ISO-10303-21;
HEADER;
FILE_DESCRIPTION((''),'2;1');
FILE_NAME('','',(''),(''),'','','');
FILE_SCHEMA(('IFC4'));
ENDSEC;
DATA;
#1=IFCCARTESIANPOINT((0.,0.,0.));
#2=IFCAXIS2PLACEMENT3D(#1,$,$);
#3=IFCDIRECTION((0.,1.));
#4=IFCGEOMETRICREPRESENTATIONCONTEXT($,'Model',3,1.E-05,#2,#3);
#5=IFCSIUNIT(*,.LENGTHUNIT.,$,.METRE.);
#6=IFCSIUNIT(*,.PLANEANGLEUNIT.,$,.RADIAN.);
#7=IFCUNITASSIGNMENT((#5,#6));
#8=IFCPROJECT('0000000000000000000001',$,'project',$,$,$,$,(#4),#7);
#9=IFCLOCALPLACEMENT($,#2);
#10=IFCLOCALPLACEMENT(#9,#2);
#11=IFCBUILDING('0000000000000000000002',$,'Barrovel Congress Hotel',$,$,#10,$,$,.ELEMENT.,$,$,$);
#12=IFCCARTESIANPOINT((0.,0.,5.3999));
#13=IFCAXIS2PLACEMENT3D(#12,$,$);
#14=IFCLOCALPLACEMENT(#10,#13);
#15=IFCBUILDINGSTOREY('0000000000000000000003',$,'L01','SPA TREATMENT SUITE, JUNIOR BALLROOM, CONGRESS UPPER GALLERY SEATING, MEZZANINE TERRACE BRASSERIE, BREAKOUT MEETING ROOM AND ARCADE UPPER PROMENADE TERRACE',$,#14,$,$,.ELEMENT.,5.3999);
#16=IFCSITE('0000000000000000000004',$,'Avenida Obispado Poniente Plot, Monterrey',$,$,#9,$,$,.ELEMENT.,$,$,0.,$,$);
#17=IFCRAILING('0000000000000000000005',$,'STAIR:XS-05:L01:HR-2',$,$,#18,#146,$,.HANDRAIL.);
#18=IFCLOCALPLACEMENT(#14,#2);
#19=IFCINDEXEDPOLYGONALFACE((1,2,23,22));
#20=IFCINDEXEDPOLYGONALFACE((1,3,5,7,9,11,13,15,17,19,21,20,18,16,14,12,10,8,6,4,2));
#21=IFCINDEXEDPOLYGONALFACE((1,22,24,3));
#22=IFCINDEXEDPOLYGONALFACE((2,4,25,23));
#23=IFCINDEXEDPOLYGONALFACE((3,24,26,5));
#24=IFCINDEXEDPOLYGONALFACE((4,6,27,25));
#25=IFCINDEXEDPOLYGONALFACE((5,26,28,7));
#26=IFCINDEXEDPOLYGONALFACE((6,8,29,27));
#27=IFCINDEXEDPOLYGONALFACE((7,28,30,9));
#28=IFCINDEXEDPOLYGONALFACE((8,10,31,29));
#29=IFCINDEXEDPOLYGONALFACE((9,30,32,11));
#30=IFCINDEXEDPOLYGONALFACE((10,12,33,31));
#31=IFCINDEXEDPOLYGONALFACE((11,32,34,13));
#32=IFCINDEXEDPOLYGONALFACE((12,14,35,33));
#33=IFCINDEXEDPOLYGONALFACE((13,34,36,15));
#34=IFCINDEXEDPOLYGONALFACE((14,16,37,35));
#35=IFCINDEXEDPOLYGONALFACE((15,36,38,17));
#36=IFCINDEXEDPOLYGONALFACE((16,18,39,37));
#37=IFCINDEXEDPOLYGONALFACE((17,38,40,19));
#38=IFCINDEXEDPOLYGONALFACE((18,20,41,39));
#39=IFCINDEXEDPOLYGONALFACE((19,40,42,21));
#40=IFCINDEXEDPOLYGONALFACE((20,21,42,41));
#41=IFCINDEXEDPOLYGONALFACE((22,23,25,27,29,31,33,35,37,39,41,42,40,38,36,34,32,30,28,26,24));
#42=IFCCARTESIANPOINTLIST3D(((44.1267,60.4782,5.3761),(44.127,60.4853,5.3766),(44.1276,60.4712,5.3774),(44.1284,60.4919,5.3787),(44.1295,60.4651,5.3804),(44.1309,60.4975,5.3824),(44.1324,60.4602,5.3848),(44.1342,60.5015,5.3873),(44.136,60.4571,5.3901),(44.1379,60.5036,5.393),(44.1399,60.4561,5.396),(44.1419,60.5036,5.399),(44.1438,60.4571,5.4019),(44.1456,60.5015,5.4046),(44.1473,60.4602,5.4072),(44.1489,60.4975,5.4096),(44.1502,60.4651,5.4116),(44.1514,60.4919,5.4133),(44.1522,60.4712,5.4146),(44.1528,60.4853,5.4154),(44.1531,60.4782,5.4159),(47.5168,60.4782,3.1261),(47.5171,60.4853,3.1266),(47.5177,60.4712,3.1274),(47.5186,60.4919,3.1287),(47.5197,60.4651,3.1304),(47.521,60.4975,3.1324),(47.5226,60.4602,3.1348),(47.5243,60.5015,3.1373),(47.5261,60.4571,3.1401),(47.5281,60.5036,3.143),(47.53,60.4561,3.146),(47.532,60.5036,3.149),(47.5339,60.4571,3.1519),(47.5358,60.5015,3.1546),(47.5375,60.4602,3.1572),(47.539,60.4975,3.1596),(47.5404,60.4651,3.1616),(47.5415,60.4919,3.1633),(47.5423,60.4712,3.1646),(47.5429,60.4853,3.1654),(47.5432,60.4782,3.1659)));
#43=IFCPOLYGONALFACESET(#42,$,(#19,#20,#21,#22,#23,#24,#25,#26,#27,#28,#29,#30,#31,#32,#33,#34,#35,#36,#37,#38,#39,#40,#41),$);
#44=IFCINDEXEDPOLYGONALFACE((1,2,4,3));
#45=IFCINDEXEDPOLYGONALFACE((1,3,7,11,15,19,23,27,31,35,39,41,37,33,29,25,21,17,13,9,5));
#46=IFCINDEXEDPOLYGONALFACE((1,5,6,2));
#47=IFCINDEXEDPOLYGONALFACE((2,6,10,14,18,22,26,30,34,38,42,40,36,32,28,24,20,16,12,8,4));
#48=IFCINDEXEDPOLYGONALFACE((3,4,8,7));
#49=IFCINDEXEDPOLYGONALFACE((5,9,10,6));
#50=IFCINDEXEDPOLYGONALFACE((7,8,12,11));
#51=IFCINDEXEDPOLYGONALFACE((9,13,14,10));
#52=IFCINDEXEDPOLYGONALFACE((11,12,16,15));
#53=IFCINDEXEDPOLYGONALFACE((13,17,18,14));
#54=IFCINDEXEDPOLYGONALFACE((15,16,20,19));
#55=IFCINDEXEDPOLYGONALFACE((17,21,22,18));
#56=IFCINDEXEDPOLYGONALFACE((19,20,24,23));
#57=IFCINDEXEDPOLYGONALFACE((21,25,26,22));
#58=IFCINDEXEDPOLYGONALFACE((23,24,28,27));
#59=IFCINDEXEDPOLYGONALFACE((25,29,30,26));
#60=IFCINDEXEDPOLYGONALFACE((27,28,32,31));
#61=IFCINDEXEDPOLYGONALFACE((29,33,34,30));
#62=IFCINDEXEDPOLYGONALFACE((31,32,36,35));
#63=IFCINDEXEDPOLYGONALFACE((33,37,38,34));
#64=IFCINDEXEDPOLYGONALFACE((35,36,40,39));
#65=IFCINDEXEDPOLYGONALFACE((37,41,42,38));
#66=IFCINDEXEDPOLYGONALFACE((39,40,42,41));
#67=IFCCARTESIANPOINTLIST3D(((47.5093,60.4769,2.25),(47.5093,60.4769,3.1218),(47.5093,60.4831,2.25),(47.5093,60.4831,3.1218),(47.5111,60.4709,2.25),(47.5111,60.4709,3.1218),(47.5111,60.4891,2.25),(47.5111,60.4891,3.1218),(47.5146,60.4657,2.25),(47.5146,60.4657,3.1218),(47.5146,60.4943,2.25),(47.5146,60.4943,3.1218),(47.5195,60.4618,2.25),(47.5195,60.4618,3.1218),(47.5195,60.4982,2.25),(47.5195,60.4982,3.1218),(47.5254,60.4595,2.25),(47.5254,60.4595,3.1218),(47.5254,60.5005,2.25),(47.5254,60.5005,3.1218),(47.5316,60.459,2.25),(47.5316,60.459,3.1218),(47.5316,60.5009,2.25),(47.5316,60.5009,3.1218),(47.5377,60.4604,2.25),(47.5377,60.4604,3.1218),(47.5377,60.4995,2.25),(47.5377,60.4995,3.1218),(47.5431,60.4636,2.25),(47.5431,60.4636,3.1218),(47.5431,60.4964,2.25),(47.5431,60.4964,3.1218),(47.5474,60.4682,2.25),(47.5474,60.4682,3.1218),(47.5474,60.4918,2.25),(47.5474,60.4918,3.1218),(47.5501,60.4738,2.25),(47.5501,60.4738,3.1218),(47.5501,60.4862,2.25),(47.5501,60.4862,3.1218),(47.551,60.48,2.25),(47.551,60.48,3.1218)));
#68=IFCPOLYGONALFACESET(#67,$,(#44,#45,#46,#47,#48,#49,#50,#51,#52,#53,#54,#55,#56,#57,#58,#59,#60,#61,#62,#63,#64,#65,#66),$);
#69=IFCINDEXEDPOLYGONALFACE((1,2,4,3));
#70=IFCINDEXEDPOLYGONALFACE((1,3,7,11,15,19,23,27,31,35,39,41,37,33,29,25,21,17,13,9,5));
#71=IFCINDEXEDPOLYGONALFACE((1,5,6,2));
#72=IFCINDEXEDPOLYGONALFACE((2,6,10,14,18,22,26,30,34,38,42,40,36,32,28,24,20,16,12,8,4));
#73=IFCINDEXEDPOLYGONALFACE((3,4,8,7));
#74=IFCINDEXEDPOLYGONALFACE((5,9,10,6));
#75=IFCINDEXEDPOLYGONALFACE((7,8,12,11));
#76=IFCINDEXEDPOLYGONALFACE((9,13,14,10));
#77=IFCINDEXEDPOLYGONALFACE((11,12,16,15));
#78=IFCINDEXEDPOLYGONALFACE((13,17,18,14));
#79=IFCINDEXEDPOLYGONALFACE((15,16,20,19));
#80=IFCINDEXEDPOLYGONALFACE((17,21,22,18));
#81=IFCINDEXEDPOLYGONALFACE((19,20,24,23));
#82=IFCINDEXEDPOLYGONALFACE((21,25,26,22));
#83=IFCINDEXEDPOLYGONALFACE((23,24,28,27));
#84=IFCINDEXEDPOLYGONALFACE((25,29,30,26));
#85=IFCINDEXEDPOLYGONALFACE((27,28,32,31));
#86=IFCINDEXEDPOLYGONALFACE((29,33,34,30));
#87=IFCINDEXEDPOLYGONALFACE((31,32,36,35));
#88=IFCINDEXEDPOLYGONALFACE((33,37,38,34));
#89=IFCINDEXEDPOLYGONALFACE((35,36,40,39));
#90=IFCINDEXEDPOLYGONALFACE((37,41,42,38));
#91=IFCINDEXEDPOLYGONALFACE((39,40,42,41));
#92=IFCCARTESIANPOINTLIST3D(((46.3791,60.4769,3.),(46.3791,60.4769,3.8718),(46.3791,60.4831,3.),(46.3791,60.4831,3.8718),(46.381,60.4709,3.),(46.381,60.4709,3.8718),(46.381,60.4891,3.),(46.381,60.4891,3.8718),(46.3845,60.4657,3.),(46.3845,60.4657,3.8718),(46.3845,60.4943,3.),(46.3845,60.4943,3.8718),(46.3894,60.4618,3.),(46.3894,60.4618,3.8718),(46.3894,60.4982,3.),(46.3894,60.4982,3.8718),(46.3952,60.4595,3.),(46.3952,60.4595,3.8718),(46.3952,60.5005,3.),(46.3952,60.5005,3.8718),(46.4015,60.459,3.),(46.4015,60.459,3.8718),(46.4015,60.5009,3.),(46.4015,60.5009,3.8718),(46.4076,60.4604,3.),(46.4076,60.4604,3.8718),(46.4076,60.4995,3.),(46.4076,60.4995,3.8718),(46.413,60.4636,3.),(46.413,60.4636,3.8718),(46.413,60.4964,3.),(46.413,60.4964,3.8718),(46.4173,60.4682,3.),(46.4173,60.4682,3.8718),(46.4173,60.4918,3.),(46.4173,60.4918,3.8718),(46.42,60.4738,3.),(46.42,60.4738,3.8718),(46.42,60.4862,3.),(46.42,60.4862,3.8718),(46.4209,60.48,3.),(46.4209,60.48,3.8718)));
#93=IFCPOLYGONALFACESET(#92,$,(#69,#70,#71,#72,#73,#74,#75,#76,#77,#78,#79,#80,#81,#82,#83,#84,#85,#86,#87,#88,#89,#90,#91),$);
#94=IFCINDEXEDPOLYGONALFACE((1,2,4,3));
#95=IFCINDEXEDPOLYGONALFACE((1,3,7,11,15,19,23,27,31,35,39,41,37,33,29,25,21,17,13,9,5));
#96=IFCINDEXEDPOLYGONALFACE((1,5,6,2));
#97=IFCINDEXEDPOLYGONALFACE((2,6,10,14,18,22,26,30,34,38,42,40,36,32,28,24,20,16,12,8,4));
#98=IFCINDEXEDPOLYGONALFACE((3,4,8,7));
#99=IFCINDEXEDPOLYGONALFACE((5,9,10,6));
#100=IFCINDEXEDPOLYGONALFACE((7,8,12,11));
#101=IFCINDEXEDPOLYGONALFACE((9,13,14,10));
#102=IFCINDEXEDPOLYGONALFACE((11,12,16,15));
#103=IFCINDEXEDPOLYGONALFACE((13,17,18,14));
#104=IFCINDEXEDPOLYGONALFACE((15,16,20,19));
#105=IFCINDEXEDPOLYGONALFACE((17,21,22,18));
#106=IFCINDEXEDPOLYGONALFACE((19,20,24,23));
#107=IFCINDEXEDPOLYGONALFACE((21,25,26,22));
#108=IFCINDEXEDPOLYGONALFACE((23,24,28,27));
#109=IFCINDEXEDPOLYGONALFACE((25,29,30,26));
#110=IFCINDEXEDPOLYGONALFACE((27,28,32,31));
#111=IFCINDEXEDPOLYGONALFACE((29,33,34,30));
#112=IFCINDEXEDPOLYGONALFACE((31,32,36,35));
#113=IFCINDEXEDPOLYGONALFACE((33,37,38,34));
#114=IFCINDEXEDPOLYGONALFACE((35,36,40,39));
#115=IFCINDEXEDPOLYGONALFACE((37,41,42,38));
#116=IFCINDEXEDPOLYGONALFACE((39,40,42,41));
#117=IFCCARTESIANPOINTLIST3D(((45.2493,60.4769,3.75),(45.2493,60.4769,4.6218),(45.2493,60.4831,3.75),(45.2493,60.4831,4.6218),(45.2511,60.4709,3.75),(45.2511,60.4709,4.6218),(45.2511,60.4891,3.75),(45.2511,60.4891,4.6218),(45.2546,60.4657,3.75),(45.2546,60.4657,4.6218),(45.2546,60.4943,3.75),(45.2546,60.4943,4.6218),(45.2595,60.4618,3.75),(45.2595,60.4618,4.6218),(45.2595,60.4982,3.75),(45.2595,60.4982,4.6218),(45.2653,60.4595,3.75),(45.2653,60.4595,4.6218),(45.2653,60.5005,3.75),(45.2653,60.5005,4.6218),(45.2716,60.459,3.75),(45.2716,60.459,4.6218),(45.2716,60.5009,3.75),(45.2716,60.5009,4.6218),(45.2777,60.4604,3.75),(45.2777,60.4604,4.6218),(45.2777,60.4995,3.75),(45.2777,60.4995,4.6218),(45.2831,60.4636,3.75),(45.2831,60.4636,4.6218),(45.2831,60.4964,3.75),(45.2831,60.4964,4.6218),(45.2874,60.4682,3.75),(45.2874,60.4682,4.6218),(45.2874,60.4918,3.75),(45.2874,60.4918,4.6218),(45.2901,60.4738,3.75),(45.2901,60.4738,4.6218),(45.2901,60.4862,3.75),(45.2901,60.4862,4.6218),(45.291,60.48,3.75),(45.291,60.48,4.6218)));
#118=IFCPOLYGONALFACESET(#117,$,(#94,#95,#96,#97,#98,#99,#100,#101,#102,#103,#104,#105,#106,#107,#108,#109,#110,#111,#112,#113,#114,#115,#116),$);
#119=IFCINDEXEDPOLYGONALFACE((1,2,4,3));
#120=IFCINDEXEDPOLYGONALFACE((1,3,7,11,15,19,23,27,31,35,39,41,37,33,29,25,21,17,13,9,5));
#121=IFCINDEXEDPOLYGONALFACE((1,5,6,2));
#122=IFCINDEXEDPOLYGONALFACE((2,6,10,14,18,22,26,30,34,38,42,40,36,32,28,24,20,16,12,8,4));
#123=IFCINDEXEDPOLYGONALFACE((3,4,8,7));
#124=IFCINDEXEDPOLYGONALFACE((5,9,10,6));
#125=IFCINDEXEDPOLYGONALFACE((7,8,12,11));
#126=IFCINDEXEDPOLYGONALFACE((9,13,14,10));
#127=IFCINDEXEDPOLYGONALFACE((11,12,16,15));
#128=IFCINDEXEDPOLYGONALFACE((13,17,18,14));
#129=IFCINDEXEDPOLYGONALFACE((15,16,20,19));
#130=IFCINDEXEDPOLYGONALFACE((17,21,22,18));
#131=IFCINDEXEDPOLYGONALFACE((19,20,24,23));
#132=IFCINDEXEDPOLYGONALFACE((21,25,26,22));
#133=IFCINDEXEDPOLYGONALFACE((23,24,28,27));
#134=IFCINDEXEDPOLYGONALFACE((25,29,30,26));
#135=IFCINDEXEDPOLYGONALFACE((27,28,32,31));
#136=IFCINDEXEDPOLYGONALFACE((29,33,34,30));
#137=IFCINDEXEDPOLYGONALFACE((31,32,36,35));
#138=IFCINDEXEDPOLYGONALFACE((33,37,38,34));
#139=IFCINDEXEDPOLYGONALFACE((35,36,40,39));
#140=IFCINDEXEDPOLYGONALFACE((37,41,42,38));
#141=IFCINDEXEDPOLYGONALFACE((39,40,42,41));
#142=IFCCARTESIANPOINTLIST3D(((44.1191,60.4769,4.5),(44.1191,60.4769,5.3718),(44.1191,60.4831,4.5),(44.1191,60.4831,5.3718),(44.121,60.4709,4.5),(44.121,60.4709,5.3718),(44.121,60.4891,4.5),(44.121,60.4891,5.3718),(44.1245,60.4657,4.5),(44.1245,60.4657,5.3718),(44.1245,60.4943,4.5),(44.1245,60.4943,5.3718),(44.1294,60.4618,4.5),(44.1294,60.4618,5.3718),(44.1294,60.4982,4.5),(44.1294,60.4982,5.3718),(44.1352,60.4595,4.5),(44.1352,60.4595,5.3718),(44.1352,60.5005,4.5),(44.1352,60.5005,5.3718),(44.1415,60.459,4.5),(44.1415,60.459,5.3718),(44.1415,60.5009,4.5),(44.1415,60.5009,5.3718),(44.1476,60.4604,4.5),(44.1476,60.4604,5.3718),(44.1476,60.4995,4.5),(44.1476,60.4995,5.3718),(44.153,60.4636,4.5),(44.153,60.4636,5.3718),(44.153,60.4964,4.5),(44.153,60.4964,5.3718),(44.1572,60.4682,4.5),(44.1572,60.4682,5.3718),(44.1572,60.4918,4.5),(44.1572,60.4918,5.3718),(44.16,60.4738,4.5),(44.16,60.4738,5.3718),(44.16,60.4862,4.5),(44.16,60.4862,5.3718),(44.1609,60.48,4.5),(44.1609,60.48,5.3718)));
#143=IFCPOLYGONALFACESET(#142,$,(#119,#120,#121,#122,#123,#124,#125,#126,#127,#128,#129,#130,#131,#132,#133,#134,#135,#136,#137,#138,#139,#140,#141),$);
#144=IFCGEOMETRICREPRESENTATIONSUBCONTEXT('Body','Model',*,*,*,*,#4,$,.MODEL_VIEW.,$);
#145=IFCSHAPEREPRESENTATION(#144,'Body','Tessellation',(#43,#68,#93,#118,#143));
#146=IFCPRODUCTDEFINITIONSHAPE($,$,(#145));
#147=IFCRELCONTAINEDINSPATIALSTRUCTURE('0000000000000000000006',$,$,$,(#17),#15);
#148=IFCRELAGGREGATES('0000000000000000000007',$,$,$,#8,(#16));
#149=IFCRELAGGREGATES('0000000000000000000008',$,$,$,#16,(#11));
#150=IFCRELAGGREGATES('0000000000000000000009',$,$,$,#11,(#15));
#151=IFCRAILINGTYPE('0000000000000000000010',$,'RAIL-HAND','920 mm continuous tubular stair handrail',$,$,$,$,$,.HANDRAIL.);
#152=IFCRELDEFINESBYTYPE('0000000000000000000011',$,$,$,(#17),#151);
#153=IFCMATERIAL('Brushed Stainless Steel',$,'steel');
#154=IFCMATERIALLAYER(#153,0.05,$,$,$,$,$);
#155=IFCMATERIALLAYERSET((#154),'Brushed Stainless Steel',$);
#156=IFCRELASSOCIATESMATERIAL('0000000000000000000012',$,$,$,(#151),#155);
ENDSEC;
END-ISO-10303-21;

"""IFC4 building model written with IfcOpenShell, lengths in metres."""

from ifc_helpers import new_model, si_unit, direction, frame, origin, origin_2d, place, context, subcontext, project, spatial, circle, extrude, material, layer, layer_set, type_object, element, save


model = new_model("IFC4")

# Units and contexts
model_context = context("Model", 3, precision=1e-05, world=origin(), true_north=direction((0.0, 1.0)))
body_context = subcontext(model_context, "Body", "Model", "MODEL_VIEW")
ifc_project = project(units=[si_unit("LENGTHUNIT", "METRE"), si_unit("PLANEANGLEUNIT", "RADIAN")], contexts=[model_context])

# Site, building, storey
site_placement = place(None, origin())
site = spatial("IfcSite", under=ifc_project, at=site_placement, Name="Avenida Obispado Poniente Plot, Monterrey", CompositionType="ELEMENT", RefElevation=0.0)
building_placement = place(site_placement, origin())
building = spatial("IfcBuilding", under=site, at=building_placement, Name="Barrovel Congress Hotel", CompositionType="ELEMENT")
storey_placement = place(building_placement, frame((0.0, 0.0, 5.3999)))
storey = spatial("IfcBuildingStorey", under=building, at=storey_placement, Name="L01", Description="SPA TREATMENT SUITE, JUNIOR BALLROOM, CONGRESS UPPER GALLERY SEATING, MEZZANINE TERRACE BRASSERIE, BREAKOUT MEETING ROOM AND ARCADE UPPER PROMENADE TERRACE", CompositionType="ELEMENT", Elevation=5.3999)

# Railing
ifc_material_1 = material(Name="Brushed Stainless Steel", Category="steel")
ifc_layer_1 = layer(ifc_material_1, 0.05)
ifc_layer_set_1 = layer_set([ifc_layer_1], Name="Brushed Stainless Steel")
railing_type_1 = type_object("IfcRailingType", Name="RAIL-HAND", Description="920 mm continuous tubular stair handrail", PredefinedType="HANDRAIL", material=ifc_layer_set_1)
railing_1_placement = place(storey_placement, frame((47.53, 60.48, 2.25)))
element("IfcRailing", 1, at=railing_1_placement, inside=storey, type_object=railing_type_1, Name="STAIR:XS-05:L01:HR-2", PredefinedType="HANDRAIL", context=body_context, shape_type="SweptSolid", body=[
    extrude(circle(Radius=0.0239, at=origin_2d()), frame((0.0, 0.0, 0.896), z_axis=(-0.833193, 0.0, 0.552982), x_axis=(0.0, -1.0, 0.0)), (0.0, 0.0, 1.0), 4.0688),
    extrude(circle(Radius=0.021, at=origin_2d()), origin(), (0.0, 0.0, 1.0), 0.8718),
    extrude(circle(Radius=0.021, at=origin_2d()), frame((-1.1301, 0.0, 0.75)), (0.0, 0.0, 1.0), 0.8718),
    extrude(circle(Radius=0.021, at=origin_2d()), frame((-2.26, 0.0, 1.5)), (0.0, 0.0, 1.0), 0.8718),
    extrude(circle(Radius=0.021, at=origin_2d()), frame((-3.3901, 0.0, 2.25)), (0.0, 0.0, 1.0), 0.8718),
])

save(model, "model.ifc")
